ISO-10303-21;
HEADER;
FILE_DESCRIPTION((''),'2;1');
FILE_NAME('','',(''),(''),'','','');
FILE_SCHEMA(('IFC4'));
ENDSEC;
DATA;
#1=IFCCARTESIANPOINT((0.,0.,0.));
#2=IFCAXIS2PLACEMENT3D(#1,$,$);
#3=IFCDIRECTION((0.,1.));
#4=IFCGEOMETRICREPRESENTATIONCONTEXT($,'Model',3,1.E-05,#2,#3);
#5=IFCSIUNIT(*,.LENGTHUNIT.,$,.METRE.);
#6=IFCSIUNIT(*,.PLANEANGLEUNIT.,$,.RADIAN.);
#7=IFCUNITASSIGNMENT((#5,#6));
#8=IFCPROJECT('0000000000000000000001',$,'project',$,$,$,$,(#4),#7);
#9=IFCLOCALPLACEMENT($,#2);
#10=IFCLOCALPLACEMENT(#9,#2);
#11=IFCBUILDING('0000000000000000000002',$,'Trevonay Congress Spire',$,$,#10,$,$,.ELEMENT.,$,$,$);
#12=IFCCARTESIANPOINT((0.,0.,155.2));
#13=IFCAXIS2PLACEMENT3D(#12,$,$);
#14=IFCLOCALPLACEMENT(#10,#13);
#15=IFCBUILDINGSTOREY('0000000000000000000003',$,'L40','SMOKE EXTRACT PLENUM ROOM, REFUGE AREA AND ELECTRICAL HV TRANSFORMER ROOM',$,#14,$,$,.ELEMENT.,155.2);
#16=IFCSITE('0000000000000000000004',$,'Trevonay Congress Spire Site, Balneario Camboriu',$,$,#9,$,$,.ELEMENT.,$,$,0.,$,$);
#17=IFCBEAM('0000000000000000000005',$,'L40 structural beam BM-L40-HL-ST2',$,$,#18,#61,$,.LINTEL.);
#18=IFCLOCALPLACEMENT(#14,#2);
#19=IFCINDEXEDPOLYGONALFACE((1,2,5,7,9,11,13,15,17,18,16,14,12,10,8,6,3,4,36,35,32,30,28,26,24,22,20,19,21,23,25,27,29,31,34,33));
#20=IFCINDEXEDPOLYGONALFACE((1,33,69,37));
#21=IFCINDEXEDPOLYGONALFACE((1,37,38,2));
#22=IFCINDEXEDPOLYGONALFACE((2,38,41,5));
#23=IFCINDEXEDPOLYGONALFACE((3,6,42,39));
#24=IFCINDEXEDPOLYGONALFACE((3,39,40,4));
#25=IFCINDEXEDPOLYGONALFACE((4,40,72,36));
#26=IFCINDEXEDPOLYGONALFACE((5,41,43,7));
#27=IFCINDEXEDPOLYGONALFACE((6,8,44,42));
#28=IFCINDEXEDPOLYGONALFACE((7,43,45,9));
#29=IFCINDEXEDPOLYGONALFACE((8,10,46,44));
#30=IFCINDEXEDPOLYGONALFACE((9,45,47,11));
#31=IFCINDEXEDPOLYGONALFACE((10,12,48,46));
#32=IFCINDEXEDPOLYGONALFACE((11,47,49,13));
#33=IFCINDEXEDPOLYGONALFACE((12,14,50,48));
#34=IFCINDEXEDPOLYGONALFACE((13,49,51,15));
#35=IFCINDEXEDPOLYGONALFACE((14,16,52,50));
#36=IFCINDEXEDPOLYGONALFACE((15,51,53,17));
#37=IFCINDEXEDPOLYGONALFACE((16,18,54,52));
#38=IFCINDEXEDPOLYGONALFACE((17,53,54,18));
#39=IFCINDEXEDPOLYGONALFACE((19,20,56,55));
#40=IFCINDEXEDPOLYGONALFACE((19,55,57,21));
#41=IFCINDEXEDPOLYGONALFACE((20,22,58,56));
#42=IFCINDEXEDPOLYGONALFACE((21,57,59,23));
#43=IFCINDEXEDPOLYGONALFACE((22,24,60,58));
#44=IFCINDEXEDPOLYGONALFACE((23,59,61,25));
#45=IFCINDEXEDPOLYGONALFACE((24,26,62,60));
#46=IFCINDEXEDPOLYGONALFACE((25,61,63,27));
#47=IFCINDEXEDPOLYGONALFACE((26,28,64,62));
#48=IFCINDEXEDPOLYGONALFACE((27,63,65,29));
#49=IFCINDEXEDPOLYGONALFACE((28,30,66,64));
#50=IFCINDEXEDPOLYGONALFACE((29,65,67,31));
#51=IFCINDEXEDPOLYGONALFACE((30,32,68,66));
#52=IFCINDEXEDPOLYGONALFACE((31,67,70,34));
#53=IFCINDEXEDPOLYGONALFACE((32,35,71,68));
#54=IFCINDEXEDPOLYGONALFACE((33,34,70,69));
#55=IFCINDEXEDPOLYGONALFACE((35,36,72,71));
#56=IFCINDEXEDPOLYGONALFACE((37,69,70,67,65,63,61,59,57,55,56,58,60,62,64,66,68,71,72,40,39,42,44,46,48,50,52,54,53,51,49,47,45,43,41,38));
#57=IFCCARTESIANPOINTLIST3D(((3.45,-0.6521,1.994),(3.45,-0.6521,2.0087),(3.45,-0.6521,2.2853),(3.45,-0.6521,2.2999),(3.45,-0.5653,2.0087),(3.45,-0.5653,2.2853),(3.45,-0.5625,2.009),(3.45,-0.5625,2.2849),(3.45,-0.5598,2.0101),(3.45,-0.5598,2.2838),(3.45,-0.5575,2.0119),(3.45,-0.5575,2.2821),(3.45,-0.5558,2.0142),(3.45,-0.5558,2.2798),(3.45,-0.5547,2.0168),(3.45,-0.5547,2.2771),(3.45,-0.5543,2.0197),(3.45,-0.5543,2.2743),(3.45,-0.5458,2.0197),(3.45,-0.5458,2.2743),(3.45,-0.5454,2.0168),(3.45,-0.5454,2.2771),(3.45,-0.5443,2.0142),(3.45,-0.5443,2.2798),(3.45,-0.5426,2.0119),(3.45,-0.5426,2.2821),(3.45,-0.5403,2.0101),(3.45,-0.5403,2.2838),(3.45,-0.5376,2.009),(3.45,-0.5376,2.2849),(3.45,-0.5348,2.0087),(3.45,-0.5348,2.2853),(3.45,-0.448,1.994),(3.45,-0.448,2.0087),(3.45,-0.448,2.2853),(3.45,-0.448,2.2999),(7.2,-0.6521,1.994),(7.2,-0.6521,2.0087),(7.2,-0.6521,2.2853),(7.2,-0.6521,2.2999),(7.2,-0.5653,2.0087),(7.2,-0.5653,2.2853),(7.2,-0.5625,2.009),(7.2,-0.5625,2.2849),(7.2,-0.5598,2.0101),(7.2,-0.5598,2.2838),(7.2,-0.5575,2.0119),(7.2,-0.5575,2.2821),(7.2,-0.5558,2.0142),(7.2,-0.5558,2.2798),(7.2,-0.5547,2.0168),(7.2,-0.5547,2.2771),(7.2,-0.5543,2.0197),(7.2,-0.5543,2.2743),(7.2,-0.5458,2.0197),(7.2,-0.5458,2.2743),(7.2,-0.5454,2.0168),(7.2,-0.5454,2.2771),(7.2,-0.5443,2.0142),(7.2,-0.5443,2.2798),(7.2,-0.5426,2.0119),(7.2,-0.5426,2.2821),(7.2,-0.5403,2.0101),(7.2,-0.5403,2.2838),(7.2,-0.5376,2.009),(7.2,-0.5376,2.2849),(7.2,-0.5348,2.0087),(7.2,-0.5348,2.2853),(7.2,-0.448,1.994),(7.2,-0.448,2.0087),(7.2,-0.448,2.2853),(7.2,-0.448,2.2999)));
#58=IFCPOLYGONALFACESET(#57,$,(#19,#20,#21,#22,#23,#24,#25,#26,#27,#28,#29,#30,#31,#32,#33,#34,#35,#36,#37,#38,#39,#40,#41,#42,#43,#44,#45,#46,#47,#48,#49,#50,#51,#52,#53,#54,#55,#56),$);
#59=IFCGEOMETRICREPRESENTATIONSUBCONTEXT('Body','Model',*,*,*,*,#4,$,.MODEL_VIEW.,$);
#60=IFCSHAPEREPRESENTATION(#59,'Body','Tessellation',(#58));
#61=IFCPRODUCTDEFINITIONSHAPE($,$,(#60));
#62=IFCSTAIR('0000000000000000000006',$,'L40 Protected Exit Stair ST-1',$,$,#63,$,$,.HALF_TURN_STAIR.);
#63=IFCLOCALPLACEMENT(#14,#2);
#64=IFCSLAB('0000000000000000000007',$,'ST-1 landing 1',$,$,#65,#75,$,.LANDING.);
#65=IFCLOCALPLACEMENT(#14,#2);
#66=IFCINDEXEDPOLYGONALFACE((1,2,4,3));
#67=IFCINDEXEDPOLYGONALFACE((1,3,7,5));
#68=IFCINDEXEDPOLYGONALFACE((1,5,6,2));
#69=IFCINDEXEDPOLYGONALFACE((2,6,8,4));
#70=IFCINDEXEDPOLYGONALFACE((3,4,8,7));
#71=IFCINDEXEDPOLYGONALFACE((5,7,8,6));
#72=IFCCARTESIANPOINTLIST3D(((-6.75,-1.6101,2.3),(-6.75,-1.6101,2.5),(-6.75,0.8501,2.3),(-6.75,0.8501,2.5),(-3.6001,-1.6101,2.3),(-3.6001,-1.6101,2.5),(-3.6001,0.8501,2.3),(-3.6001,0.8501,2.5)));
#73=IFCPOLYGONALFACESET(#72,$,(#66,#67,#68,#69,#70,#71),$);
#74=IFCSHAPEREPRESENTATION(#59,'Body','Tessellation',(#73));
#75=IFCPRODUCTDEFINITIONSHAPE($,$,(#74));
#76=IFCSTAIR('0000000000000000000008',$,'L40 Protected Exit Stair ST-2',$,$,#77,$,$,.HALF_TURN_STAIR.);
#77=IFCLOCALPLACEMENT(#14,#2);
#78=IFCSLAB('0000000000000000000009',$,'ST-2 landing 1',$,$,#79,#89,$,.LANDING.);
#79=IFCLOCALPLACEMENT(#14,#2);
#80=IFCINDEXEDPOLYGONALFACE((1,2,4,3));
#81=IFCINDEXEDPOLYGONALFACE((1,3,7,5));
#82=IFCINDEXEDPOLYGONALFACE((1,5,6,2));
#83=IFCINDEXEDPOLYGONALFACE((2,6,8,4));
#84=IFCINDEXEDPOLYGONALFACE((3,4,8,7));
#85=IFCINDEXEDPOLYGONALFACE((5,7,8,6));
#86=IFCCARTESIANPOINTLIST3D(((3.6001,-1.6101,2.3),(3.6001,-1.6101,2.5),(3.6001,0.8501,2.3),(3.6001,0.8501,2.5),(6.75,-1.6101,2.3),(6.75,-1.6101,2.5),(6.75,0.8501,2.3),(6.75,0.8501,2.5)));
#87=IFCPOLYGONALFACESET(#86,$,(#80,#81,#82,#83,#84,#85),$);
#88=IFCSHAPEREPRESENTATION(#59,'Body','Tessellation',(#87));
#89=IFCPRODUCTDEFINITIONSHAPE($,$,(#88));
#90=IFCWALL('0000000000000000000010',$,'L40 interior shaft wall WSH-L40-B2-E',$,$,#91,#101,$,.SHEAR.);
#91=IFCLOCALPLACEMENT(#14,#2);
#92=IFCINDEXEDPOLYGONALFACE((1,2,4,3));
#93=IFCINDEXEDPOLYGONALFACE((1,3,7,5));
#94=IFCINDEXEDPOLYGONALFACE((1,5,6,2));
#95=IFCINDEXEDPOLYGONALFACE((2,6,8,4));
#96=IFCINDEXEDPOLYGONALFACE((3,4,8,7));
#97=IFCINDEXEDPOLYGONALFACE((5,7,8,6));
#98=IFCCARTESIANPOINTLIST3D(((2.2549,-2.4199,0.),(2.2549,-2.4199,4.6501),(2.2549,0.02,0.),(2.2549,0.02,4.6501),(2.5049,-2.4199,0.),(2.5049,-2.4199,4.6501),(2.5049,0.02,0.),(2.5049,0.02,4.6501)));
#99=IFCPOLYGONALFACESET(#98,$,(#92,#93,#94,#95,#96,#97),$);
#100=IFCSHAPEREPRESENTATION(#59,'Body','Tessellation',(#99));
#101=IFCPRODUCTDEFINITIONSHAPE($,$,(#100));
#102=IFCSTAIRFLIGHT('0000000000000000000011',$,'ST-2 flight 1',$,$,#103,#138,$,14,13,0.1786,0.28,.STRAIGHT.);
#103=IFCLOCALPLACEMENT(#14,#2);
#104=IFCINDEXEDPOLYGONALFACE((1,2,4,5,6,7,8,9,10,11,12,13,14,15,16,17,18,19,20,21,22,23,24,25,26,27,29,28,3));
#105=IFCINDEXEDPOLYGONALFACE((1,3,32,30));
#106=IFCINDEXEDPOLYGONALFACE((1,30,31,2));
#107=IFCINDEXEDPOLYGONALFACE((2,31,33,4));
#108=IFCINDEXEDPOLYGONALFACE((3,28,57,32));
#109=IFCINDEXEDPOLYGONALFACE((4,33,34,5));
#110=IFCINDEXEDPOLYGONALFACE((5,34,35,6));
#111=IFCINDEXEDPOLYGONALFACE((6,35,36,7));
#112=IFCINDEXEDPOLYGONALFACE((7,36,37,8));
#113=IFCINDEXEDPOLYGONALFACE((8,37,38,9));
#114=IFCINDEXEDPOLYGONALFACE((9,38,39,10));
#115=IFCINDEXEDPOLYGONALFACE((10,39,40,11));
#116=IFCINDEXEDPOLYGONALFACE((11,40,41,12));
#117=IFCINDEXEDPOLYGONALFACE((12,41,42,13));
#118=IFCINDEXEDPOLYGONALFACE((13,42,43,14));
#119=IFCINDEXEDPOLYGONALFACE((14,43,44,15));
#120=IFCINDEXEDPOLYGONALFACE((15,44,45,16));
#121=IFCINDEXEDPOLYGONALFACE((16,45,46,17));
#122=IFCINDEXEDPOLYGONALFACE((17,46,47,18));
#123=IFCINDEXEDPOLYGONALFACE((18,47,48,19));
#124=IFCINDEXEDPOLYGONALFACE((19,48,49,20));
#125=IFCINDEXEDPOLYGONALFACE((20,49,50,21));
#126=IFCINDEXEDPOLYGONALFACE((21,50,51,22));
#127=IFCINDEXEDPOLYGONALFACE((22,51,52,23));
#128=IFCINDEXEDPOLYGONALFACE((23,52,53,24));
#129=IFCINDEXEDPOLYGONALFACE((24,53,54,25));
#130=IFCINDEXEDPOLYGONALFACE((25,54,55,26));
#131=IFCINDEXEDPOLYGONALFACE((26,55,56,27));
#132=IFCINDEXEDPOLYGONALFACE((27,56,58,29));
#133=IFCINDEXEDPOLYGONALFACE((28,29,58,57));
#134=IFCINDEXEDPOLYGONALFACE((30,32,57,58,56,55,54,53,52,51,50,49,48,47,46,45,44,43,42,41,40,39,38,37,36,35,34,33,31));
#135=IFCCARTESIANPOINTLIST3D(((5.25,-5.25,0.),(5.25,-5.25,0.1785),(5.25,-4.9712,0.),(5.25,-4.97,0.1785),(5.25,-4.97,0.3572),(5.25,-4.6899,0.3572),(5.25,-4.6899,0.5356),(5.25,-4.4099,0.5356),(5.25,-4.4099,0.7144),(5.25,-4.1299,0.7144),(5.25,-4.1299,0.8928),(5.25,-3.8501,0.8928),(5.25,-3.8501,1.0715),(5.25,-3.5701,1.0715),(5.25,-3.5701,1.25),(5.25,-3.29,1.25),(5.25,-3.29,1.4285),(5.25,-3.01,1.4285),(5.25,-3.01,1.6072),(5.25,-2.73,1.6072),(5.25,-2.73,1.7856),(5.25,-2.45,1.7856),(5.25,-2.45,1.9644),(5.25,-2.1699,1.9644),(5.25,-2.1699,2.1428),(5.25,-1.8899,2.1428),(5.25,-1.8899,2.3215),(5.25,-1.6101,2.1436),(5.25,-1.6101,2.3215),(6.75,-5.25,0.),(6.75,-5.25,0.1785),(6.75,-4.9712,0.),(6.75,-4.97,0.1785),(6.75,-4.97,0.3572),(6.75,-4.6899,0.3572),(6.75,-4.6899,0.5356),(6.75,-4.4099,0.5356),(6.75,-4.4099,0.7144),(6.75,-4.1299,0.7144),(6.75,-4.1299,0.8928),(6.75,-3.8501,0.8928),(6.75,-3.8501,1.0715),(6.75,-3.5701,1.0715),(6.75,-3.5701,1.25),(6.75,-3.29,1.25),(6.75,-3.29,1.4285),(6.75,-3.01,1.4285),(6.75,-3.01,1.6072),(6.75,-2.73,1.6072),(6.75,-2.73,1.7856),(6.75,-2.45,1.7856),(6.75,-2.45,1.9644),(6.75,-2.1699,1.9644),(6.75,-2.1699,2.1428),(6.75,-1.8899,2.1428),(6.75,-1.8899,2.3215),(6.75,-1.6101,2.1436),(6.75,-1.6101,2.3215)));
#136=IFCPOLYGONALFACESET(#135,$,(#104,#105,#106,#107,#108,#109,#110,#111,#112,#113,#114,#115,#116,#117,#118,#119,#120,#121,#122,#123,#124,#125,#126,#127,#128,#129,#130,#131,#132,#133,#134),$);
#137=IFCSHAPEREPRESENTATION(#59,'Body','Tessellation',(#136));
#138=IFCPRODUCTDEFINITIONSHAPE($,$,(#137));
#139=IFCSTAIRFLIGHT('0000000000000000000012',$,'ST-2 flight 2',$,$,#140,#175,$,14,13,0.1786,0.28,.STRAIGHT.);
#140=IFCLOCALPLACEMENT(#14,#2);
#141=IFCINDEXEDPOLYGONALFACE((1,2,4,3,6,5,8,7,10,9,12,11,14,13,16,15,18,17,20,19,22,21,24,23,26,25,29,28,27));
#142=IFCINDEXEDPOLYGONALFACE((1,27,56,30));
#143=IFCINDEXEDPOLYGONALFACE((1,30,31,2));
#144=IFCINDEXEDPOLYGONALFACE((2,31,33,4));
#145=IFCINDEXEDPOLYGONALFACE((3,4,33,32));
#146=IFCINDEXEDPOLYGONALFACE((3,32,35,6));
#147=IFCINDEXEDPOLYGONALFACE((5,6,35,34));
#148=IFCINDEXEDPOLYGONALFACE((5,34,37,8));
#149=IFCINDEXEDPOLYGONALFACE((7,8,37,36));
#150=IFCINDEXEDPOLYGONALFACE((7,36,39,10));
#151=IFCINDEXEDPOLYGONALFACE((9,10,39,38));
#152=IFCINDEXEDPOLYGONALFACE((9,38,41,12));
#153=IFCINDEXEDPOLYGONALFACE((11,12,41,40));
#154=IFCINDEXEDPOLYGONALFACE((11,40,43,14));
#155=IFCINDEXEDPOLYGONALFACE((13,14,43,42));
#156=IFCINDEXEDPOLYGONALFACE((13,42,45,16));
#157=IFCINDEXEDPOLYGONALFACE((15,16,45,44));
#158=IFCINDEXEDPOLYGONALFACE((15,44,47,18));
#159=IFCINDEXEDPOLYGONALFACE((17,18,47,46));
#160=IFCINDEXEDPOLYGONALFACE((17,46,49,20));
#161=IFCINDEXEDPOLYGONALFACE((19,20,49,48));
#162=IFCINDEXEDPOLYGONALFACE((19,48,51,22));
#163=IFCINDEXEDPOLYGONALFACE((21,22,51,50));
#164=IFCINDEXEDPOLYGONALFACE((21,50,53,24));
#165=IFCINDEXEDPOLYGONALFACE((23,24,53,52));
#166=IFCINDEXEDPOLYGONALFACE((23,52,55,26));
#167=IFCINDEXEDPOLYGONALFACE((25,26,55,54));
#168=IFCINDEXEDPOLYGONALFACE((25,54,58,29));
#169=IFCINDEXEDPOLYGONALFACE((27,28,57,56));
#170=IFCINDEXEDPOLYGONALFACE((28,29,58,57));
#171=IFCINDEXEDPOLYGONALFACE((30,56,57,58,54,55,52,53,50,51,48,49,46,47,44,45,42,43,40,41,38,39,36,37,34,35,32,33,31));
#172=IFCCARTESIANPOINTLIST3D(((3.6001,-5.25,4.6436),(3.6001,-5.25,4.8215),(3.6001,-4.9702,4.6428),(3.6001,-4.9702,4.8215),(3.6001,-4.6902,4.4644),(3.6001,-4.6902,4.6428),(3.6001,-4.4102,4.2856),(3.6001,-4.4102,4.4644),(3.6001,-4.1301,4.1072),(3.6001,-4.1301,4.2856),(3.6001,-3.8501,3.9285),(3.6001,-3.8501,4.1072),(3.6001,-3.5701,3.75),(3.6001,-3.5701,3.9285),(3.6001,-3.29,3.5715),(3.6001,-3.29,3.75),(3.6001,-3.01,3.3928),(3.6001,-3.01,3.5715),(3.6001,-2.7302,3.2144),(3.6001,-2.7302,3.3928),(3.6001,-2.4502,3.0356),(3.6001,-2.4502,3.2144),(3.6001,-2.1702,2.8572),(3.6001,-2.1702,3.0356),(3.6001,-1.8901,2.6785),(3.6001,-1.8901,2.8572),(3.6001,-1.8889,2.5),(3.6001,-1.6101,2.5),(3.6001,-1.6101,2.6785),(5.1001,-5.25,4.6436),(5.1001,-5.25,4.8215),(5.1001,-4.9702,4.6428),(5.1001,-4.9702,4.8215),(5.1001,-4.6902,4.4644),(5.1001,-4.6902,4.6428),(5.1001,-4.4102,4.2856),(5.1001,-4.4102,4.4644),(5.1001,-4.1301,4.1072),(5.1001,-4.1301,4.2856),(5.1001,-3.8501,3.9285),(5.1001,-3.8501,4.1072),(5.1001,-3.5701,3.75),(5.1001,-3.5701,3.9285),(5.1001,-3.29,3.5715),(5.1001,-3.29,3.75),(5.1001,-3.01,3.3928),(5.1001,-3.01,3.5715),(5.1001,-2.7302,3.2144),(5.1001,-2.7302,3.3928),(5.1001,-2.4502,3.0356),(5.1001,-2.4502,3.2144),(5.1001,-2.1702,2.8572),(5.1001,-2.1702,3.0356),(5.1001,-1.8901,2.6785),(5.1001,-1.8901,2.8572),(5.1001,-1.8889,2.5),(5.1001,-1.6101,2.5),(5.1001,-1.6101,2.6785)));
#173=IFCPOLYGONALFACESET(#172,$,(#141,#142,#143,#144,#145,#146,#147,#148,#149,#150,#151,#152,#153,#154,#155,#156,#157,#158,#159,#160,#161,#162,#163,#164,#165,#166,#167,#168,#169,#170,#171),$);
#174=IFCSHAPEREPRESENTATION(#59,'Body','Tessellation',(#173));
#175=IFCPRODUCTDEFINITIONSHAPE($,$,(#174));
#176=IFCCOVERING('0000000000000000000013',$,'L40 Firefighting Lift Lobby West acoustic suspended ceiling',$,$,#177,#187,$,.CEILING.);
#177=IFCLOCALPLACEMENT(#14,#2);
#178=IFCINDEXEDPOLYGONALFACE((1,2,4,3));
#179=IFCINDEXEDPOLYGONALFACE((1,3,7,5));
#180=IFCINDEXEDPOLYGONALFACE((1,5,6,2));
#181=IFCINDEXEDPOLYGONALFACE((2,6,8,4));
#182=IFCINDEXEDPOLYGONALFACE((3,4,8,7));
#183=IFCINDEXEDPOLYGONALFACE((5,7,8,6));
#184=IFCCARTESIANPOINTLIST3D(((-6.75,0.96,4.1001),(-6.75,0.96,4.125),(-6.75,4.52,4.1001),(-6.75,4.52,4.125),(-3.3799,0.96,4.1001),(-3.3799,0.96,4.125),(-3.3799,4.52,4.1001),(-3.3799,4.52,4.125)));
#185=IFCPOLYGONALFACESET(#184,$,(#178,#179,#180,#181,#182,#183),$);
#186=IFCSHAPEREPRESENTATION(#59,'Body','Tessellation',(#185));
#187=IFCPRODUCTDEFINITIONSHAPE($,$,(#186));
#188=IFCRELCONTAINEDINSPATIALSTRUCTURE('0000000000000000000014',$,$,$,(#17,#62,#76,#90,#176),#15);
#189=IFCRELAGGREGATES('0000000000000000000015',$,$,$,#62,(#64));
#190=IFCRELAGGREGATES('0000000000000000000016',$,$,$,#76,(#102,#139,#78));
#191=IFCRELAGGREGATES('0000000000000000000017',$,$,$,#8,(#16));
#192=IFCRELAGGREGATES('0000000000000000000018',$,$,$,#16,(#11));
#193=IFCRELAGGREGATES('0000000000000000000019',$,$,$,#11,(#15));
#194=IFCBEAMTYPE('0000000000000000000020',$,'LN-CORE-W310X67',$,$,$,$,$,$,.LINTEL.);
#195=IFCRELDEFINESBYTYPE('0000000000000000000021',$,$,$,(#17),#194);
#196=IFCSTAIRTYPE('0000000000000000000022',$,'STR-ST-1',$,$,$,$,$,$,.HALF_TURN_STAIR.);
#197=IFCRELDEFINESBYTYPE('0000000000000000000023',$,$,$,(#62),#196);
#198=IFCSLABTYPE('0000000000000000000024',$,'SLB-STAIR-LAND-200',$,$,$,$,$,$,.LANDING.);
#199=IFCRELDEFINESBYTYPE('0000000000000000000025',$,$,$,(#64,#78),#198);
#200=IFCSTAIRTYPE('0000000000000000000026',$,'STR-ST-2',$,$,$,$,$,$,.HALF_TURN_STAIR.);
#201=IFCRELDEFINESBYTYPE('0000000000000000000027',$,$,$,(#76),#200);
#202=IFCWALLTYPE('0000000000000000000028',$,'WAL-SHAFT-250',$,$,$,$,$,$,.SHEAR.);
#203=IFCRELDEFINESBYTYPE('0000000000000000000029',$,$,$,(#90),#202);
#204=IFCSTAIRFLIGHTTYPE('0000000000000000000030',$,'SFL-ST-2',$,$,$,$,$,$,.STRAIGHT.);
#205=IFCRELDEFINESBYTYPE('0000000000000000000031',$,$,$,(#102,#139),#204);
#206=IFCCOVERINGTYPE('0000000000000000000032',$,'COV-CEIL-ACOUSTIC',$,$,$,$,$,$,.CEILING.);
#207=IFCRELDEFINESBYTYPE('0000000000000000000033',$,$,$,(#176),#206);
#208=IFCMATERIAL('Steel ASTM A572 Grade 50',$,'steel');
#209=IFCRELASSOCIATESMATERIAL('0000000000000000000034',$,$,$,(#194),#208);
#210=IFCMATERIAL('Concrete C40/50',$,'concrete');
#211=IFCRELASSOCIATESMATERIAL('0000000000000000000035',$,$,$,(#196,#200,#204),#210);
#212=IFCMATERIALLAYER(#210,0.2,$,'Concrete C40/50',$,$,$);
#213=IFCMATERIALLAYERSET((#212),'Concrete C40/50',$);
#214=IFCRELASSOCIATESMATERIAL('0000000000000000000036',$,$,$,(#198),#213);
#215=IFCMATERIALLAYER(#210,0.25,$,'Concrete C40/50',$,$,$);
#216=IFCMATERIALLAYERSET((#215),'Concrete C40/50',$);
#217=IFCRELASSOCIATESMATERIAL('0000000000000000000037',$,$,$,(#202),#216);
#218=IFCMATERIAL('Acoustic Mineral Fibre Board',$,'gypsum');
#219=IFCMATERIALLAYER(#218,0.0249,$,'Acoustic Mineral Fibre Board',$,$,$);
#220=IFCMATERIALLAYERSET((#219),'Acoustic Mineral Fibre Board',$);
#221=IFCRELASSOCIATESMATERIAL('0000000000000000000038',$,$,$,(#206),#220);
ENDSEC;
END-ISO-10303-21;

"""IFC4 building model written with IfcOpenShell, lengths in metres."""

from ifc_helpers import new_model, si_unit, direction, frame, frame_2d, origin, origin_2d, place, context, subcontext, project, spatial, polyline, rectangle, i_section, outline, extrude, material, layer, layer_set, material_profile, profile_set, type_object, element, aggregate, save


model = new_model("IFC4")

# Units and contexts
model_context = context("Model", 3, precision=1e-05, world=origin(), true_north=direction((0.0, 1.0)))
body_context = subcontext(model_context, "Body", "Model", "MODEL_VIEW")
ifc_project = project(units=[si_unit("LENGTHUNIT", "METRE"), si_unit("PLANEANGLEUNIT", "RADIAN")], contexts=[model_context])

# Site, building, storey
site_placement = place(None, origin())
site = spatial("IfcSite", under=ifc_project, at=site_placement, Name="Trevonay Congress Spire Site, Balneario Camboriu", CompositionType="ELEMENT", RefElevation=0.0)
building_placement = place(site_placement, origin())
building = spatial("IfcBuilding", under=site, at=building_placement, Name="Trevonay Congress Spire", CompositionType="ELEMENT")
storey_placement = place(building_placement, frame((0.0, 0.0, 155.2)))
storey = spatial("IfcBuildingStorey", under=building, at=storey_placement, Name="L40", Description="SMOKE EXTRACT PLENUM ROOM, REFUGE AREA AND ELECTRICAL HV TRANSFORMER ROOM", CompositionType="ELEMENT", Elevation=155.2)

# Beam
ifc_material_1 = material(Name="Steel ASTM A572 Grade 50", Category="steel")
ifc_material_profile = material_profile(ifc_material_1, i_section(OverallWidth=0.2041, OverallDepth=0.3059, WebThickness=0.0085, FlangeThickness=0.0146, FilletRadius=0.011, at=origin_2d()), Name="W310x67")
ifc_profile_set = profile_set([ifc_material_profile], Name="Steel ASTM A572 Grade 50")
beam_type = type_object("IfcBeamType", Name="LN-CORE-W310X67", PredefinedType="LINTEL", material=ifc_profile_set)
beam_placement = place(storey_placement, frame((3.45, -0.55, 2.147), z_axis=(1.0, 0.0, 0.0), x_axis=(0.0, 1.0, 0.0)))
element("IfcBeam", 1, at=beam_placement, inside=storey, type_object=beam_type, Name="L40 structural beam BM-L40-HL-ST2", PredefinedType="LINTEL", context=body_context, shape_type="SweptSolid", body=[
    extrude(i_section(OverallWidth=0.2041, OverallDepth=0.3059, WebThickness=0.0085, FlangeThickness=0.0146, FilletRadius=0.011, at=origin_2d()), origin(), (0.0, 0.0, 1.0), 3.75),
])

# Stairs, slabs
ifc_material_2 = material(Name="Concrete C40/50", Category="concrete")
stair_type_1 = type_object("IfcStairType", Name="STR-ST-1", PredefinedType="HALF_TURN_STAIR", material=ifc_material_2)
stair_1_placement = place(storey_placement, origin())
stair_1 = element("IfcStair", 2, at=stair_1_placement, inside=storey, type_object=stair_type_1, Name="L40 Protected Exit Stair ST-1", PredefinedType="HALF_TURN_STAIR")
ifc_layer_1 = layer(ifc_material_2, 0.2, Name="Concrete C40/50")
ifc_layer_set_1 = layer_set([ifc_layer_1], Name="Concrete C40/50")
slab_type = type_object("IfcSlabType", Name="SLB-STAIR-LAND-200", PredefinedType="LANDING", material=ifc_layer_set_1)
slab_1_placement = place(storey_placement, frame((0.0, 0.0, 2.3)))
slab_1 = element("IfcSlab", 3, at=slab_1_placement, type_object=slab_type, Name="ST-1 landing 1", PredefinedType="LANDING", context=body_context, shape_type="SweptSolid", body=[
    extrude(outline(polyline([(-3.6001, -1.6101), (-3.6001, 0.8501), (-6.75, 0.8501), (-6.75, -1.6101), (-3.6001, -1.6101)])), origin(), (0.0, 0.0, 1.0), 0.2),
])
aggregate(stair_1, [slab_1])
stair_type_2 = type_object("IfcStairType", Name="STR-ST-2", PredefinedType="HALF_TURN_STAIR", material=ifc_material_2)
stair_2_placement = place(storey_placement, origin())
stair_2 = element("IfcStair", 4, at=stair_2_placement, inside=storey, type_object=stair_type_2, Name="L40 Protected Exit Stair ST-2", PredefinedType="HALF_TURN_STAIR")
slab_2_placement = place(storey_placement, frame((0.0, 0.0, 2.3)))
slab_2 = element("IfcSlab", 5, at=slab_2_placement, type_object=slab_type, Name="ST-2 landing 1", PredefinedType="LANDING", context=body_context, shape_type="SweptSolid", body=[
    extrude(outline(polyline([(6.75, -1.6101), (6.75, 0.8501), (3.6001, 0.8501), (3.6001, -1.6101), (6.75, -1.6101)])), origin(), (0.0, 0.0, 1.0), 0.2),
])

# Wall
ifc_layer_2 = layer(ifc_material_2, 0.25, Name="Concrete C40/50")
ifc_layer_set_2 = layer_set([ifc_layer_2], Name="Concrete C40/50")
wall_type = type_object("IfcWallType", Name="WAL-SHAFT-250", PredefinedType="SHEAR", material=ifc_layer_set_2)
wall_placement = place(storey_placement, frame((2.3799, -2.4199, 0.0), z_axis=(0.0, 0.0, 1.0), x_axis=(0.0, 1.0, 0.0)))
element("IfcWall", 6, at=wall_placement, inside=storey, type_object=wall_type, Name="L40 interior shaft wall WSH-L40-B2-E", PredefinedType="SHEAR", context=body_context, shape_type="SweptSolid", body=[
    extrude(rectangle(XDim=2.4399, YDim=0.25, at=frame_2d((1.22, 0.0))), origin(), (0.0, 0.0, 1.0), 4.6501),
])

# Stair flights
stair_flight_type = type_object("IfcStairFlightType", Name="SFL-ST-2", PredefinedType="STRAIGHT", material=ifc_material_2)
stair_flight_1_placement = place(storey_placement, frame((6.0, -5.25, 0.0), z_axis=(0.0, 0.0, 1.0), x_axis=(0.0, 1.0, 0.0)))
stair_flight_1 = element("IfcStairFlight", 7, at=stair_flight_1_placement, type_object=stair_flight_type, Name="ST-2 flight 1", NumberOfRisers=14, NumberOfTreads=13, PredefinedType="STRAIGHT", RiserHeight=0.1786, TreadLength=0.28, context=body_context, shape_type="SweptSolid", body=[
    extrude(outline(polyline([(0.0, 0.0), (0.0, 0.1785), (0.28, 0.1785), (0.28, 0.3572), (0.5601, 0.3572), (0.5601, 0.5356), (0.8401, 0.5356), (0.8401, 0.7144), (1.1201, 0.7144), (1.1201, 0.8928), (1.3999, 0.8928), (1.3999, 1.0715), (1.6799, 1.0715), (1.6799, 1.25), (1.96, 1.25), (1.96, 1.4285), (2.24, 1.4285), (2.24, 1.6072), (2.52, 1.6072), (2.52, 1.7856), (2.8, 1.7856), (2.8, 1.9644), (3.0801, 1.9644), (3.0801, 2.1428), (3.3601, 2.1428), (3.3601, 2.3215), (3.6399, 2.3215), (3.6399, 2.5), (3.6399, 2.1436), (0.2788, 0.0), (0.0, 0.0)])), frame((0.0, 0.75, 0.0), z_axis=(0.0, -1.0, 0.0), x_axis=(1.0, 0.0, 0.0)), (0.0, 0.0, 1.0), 1.5),
])
stair_flight_2_placement = place(storey_placement, frame((4.3501, -1.6101, 2.5), z_axis=(0.0, 0.0, 1.0), x_axis=(0.0, -1.0, 0.0)))
stair_flight_2 = element("IfcStairFlight", 8, at=stair_flight_2_placement, type_object=stair_flight_type, Name="ST-2 flight 2", NumberOfRisers=14, NumberOfTreads=13, PredefinedType="STRAIGHT", RiserHeight=0.1786, TreadLength=0.28, context=body_context, shape_type="SweptSolid", body=[
    extrude(outline(polyline([(0.0, 0.0), (0.0, 0.1785), (0.28, 0.1785), (0.28, 0.3572), (0.5601, 0.3572), (0.5601, 0.5356), (0.8401, 0.5356), (0.8401, 0.7144), (1.1201, 0.7144), (1.1201, 0.8928), (1.3999, 0.8928), (1.3999, 1.0715), (1.6799, 1.0715), (1.6799, 1.25), (1.96, 1.25), (1.96, 1.4285), (2.24, 1.4285), (2.24, 1.6072), (2.52, 1.6072), (2.52, 1.7856), (2.8, 1.7856), (2.8, 1.9644), (3.0801, 1.9644), (3.0801, 2.1428), (3.3601, 2.1428), (3.3601, 2.3215), (3.6399, 2.3215), (3.6399, 2.5), (3.6399, 2.1436), (0.2788, 0.0), (0.0, 0.0)])), frame((0.0, 0.75, 0.0), z_axis=(0.0, -1.0, 0.0), x_axis=(1.0, 0.0, 0.0)), (0.0, 0.0, 1.0), 1.5),
])
aggregate(stair_2, [stair_flight_1, stair_flight_2, slab_2])

# Covering
ifc_material_3 = material(Name="Acoustic Mineral Fibre Board", Category="gypsum")
ifc_layer_3 = layer(ifc_material_3, 0.0249, Name="Acoustic Mineral Fibre Board")
ifc_layer_set_3 = layer_set([ifc_layer_3], Name="Acoustic Mineral Fibre Board")
covering_type_1 = type_object("IfcCoveringType", Name="COV-CEIL-ACOUSTIC", PredefinedType="CEILING", material=ifc_layer_set_3)
covering_1_placement = place(storey_placement, frame((0.0, 0.0, 4.1001)))
element("IfcCovering", 9, at=covering_1_placement, inside=storey, type_object=covering_type_1, Name="L40 Firefighting Lift Lobby West acoustic suspended ceiling", PredefinedType="CEILING", context=body_context, shape_type="SweptSolid", body=[
    extrude(outline(polyline([(-6.75, 0.96), (-3.3799, 0.96), (-3.3799, 4.52), (-6.75, 4.52), (-6.75, 0.96)])), origin(), (0.0, 0.0, 1.0), 0.0249),
])

save(model, "model.ifc")
